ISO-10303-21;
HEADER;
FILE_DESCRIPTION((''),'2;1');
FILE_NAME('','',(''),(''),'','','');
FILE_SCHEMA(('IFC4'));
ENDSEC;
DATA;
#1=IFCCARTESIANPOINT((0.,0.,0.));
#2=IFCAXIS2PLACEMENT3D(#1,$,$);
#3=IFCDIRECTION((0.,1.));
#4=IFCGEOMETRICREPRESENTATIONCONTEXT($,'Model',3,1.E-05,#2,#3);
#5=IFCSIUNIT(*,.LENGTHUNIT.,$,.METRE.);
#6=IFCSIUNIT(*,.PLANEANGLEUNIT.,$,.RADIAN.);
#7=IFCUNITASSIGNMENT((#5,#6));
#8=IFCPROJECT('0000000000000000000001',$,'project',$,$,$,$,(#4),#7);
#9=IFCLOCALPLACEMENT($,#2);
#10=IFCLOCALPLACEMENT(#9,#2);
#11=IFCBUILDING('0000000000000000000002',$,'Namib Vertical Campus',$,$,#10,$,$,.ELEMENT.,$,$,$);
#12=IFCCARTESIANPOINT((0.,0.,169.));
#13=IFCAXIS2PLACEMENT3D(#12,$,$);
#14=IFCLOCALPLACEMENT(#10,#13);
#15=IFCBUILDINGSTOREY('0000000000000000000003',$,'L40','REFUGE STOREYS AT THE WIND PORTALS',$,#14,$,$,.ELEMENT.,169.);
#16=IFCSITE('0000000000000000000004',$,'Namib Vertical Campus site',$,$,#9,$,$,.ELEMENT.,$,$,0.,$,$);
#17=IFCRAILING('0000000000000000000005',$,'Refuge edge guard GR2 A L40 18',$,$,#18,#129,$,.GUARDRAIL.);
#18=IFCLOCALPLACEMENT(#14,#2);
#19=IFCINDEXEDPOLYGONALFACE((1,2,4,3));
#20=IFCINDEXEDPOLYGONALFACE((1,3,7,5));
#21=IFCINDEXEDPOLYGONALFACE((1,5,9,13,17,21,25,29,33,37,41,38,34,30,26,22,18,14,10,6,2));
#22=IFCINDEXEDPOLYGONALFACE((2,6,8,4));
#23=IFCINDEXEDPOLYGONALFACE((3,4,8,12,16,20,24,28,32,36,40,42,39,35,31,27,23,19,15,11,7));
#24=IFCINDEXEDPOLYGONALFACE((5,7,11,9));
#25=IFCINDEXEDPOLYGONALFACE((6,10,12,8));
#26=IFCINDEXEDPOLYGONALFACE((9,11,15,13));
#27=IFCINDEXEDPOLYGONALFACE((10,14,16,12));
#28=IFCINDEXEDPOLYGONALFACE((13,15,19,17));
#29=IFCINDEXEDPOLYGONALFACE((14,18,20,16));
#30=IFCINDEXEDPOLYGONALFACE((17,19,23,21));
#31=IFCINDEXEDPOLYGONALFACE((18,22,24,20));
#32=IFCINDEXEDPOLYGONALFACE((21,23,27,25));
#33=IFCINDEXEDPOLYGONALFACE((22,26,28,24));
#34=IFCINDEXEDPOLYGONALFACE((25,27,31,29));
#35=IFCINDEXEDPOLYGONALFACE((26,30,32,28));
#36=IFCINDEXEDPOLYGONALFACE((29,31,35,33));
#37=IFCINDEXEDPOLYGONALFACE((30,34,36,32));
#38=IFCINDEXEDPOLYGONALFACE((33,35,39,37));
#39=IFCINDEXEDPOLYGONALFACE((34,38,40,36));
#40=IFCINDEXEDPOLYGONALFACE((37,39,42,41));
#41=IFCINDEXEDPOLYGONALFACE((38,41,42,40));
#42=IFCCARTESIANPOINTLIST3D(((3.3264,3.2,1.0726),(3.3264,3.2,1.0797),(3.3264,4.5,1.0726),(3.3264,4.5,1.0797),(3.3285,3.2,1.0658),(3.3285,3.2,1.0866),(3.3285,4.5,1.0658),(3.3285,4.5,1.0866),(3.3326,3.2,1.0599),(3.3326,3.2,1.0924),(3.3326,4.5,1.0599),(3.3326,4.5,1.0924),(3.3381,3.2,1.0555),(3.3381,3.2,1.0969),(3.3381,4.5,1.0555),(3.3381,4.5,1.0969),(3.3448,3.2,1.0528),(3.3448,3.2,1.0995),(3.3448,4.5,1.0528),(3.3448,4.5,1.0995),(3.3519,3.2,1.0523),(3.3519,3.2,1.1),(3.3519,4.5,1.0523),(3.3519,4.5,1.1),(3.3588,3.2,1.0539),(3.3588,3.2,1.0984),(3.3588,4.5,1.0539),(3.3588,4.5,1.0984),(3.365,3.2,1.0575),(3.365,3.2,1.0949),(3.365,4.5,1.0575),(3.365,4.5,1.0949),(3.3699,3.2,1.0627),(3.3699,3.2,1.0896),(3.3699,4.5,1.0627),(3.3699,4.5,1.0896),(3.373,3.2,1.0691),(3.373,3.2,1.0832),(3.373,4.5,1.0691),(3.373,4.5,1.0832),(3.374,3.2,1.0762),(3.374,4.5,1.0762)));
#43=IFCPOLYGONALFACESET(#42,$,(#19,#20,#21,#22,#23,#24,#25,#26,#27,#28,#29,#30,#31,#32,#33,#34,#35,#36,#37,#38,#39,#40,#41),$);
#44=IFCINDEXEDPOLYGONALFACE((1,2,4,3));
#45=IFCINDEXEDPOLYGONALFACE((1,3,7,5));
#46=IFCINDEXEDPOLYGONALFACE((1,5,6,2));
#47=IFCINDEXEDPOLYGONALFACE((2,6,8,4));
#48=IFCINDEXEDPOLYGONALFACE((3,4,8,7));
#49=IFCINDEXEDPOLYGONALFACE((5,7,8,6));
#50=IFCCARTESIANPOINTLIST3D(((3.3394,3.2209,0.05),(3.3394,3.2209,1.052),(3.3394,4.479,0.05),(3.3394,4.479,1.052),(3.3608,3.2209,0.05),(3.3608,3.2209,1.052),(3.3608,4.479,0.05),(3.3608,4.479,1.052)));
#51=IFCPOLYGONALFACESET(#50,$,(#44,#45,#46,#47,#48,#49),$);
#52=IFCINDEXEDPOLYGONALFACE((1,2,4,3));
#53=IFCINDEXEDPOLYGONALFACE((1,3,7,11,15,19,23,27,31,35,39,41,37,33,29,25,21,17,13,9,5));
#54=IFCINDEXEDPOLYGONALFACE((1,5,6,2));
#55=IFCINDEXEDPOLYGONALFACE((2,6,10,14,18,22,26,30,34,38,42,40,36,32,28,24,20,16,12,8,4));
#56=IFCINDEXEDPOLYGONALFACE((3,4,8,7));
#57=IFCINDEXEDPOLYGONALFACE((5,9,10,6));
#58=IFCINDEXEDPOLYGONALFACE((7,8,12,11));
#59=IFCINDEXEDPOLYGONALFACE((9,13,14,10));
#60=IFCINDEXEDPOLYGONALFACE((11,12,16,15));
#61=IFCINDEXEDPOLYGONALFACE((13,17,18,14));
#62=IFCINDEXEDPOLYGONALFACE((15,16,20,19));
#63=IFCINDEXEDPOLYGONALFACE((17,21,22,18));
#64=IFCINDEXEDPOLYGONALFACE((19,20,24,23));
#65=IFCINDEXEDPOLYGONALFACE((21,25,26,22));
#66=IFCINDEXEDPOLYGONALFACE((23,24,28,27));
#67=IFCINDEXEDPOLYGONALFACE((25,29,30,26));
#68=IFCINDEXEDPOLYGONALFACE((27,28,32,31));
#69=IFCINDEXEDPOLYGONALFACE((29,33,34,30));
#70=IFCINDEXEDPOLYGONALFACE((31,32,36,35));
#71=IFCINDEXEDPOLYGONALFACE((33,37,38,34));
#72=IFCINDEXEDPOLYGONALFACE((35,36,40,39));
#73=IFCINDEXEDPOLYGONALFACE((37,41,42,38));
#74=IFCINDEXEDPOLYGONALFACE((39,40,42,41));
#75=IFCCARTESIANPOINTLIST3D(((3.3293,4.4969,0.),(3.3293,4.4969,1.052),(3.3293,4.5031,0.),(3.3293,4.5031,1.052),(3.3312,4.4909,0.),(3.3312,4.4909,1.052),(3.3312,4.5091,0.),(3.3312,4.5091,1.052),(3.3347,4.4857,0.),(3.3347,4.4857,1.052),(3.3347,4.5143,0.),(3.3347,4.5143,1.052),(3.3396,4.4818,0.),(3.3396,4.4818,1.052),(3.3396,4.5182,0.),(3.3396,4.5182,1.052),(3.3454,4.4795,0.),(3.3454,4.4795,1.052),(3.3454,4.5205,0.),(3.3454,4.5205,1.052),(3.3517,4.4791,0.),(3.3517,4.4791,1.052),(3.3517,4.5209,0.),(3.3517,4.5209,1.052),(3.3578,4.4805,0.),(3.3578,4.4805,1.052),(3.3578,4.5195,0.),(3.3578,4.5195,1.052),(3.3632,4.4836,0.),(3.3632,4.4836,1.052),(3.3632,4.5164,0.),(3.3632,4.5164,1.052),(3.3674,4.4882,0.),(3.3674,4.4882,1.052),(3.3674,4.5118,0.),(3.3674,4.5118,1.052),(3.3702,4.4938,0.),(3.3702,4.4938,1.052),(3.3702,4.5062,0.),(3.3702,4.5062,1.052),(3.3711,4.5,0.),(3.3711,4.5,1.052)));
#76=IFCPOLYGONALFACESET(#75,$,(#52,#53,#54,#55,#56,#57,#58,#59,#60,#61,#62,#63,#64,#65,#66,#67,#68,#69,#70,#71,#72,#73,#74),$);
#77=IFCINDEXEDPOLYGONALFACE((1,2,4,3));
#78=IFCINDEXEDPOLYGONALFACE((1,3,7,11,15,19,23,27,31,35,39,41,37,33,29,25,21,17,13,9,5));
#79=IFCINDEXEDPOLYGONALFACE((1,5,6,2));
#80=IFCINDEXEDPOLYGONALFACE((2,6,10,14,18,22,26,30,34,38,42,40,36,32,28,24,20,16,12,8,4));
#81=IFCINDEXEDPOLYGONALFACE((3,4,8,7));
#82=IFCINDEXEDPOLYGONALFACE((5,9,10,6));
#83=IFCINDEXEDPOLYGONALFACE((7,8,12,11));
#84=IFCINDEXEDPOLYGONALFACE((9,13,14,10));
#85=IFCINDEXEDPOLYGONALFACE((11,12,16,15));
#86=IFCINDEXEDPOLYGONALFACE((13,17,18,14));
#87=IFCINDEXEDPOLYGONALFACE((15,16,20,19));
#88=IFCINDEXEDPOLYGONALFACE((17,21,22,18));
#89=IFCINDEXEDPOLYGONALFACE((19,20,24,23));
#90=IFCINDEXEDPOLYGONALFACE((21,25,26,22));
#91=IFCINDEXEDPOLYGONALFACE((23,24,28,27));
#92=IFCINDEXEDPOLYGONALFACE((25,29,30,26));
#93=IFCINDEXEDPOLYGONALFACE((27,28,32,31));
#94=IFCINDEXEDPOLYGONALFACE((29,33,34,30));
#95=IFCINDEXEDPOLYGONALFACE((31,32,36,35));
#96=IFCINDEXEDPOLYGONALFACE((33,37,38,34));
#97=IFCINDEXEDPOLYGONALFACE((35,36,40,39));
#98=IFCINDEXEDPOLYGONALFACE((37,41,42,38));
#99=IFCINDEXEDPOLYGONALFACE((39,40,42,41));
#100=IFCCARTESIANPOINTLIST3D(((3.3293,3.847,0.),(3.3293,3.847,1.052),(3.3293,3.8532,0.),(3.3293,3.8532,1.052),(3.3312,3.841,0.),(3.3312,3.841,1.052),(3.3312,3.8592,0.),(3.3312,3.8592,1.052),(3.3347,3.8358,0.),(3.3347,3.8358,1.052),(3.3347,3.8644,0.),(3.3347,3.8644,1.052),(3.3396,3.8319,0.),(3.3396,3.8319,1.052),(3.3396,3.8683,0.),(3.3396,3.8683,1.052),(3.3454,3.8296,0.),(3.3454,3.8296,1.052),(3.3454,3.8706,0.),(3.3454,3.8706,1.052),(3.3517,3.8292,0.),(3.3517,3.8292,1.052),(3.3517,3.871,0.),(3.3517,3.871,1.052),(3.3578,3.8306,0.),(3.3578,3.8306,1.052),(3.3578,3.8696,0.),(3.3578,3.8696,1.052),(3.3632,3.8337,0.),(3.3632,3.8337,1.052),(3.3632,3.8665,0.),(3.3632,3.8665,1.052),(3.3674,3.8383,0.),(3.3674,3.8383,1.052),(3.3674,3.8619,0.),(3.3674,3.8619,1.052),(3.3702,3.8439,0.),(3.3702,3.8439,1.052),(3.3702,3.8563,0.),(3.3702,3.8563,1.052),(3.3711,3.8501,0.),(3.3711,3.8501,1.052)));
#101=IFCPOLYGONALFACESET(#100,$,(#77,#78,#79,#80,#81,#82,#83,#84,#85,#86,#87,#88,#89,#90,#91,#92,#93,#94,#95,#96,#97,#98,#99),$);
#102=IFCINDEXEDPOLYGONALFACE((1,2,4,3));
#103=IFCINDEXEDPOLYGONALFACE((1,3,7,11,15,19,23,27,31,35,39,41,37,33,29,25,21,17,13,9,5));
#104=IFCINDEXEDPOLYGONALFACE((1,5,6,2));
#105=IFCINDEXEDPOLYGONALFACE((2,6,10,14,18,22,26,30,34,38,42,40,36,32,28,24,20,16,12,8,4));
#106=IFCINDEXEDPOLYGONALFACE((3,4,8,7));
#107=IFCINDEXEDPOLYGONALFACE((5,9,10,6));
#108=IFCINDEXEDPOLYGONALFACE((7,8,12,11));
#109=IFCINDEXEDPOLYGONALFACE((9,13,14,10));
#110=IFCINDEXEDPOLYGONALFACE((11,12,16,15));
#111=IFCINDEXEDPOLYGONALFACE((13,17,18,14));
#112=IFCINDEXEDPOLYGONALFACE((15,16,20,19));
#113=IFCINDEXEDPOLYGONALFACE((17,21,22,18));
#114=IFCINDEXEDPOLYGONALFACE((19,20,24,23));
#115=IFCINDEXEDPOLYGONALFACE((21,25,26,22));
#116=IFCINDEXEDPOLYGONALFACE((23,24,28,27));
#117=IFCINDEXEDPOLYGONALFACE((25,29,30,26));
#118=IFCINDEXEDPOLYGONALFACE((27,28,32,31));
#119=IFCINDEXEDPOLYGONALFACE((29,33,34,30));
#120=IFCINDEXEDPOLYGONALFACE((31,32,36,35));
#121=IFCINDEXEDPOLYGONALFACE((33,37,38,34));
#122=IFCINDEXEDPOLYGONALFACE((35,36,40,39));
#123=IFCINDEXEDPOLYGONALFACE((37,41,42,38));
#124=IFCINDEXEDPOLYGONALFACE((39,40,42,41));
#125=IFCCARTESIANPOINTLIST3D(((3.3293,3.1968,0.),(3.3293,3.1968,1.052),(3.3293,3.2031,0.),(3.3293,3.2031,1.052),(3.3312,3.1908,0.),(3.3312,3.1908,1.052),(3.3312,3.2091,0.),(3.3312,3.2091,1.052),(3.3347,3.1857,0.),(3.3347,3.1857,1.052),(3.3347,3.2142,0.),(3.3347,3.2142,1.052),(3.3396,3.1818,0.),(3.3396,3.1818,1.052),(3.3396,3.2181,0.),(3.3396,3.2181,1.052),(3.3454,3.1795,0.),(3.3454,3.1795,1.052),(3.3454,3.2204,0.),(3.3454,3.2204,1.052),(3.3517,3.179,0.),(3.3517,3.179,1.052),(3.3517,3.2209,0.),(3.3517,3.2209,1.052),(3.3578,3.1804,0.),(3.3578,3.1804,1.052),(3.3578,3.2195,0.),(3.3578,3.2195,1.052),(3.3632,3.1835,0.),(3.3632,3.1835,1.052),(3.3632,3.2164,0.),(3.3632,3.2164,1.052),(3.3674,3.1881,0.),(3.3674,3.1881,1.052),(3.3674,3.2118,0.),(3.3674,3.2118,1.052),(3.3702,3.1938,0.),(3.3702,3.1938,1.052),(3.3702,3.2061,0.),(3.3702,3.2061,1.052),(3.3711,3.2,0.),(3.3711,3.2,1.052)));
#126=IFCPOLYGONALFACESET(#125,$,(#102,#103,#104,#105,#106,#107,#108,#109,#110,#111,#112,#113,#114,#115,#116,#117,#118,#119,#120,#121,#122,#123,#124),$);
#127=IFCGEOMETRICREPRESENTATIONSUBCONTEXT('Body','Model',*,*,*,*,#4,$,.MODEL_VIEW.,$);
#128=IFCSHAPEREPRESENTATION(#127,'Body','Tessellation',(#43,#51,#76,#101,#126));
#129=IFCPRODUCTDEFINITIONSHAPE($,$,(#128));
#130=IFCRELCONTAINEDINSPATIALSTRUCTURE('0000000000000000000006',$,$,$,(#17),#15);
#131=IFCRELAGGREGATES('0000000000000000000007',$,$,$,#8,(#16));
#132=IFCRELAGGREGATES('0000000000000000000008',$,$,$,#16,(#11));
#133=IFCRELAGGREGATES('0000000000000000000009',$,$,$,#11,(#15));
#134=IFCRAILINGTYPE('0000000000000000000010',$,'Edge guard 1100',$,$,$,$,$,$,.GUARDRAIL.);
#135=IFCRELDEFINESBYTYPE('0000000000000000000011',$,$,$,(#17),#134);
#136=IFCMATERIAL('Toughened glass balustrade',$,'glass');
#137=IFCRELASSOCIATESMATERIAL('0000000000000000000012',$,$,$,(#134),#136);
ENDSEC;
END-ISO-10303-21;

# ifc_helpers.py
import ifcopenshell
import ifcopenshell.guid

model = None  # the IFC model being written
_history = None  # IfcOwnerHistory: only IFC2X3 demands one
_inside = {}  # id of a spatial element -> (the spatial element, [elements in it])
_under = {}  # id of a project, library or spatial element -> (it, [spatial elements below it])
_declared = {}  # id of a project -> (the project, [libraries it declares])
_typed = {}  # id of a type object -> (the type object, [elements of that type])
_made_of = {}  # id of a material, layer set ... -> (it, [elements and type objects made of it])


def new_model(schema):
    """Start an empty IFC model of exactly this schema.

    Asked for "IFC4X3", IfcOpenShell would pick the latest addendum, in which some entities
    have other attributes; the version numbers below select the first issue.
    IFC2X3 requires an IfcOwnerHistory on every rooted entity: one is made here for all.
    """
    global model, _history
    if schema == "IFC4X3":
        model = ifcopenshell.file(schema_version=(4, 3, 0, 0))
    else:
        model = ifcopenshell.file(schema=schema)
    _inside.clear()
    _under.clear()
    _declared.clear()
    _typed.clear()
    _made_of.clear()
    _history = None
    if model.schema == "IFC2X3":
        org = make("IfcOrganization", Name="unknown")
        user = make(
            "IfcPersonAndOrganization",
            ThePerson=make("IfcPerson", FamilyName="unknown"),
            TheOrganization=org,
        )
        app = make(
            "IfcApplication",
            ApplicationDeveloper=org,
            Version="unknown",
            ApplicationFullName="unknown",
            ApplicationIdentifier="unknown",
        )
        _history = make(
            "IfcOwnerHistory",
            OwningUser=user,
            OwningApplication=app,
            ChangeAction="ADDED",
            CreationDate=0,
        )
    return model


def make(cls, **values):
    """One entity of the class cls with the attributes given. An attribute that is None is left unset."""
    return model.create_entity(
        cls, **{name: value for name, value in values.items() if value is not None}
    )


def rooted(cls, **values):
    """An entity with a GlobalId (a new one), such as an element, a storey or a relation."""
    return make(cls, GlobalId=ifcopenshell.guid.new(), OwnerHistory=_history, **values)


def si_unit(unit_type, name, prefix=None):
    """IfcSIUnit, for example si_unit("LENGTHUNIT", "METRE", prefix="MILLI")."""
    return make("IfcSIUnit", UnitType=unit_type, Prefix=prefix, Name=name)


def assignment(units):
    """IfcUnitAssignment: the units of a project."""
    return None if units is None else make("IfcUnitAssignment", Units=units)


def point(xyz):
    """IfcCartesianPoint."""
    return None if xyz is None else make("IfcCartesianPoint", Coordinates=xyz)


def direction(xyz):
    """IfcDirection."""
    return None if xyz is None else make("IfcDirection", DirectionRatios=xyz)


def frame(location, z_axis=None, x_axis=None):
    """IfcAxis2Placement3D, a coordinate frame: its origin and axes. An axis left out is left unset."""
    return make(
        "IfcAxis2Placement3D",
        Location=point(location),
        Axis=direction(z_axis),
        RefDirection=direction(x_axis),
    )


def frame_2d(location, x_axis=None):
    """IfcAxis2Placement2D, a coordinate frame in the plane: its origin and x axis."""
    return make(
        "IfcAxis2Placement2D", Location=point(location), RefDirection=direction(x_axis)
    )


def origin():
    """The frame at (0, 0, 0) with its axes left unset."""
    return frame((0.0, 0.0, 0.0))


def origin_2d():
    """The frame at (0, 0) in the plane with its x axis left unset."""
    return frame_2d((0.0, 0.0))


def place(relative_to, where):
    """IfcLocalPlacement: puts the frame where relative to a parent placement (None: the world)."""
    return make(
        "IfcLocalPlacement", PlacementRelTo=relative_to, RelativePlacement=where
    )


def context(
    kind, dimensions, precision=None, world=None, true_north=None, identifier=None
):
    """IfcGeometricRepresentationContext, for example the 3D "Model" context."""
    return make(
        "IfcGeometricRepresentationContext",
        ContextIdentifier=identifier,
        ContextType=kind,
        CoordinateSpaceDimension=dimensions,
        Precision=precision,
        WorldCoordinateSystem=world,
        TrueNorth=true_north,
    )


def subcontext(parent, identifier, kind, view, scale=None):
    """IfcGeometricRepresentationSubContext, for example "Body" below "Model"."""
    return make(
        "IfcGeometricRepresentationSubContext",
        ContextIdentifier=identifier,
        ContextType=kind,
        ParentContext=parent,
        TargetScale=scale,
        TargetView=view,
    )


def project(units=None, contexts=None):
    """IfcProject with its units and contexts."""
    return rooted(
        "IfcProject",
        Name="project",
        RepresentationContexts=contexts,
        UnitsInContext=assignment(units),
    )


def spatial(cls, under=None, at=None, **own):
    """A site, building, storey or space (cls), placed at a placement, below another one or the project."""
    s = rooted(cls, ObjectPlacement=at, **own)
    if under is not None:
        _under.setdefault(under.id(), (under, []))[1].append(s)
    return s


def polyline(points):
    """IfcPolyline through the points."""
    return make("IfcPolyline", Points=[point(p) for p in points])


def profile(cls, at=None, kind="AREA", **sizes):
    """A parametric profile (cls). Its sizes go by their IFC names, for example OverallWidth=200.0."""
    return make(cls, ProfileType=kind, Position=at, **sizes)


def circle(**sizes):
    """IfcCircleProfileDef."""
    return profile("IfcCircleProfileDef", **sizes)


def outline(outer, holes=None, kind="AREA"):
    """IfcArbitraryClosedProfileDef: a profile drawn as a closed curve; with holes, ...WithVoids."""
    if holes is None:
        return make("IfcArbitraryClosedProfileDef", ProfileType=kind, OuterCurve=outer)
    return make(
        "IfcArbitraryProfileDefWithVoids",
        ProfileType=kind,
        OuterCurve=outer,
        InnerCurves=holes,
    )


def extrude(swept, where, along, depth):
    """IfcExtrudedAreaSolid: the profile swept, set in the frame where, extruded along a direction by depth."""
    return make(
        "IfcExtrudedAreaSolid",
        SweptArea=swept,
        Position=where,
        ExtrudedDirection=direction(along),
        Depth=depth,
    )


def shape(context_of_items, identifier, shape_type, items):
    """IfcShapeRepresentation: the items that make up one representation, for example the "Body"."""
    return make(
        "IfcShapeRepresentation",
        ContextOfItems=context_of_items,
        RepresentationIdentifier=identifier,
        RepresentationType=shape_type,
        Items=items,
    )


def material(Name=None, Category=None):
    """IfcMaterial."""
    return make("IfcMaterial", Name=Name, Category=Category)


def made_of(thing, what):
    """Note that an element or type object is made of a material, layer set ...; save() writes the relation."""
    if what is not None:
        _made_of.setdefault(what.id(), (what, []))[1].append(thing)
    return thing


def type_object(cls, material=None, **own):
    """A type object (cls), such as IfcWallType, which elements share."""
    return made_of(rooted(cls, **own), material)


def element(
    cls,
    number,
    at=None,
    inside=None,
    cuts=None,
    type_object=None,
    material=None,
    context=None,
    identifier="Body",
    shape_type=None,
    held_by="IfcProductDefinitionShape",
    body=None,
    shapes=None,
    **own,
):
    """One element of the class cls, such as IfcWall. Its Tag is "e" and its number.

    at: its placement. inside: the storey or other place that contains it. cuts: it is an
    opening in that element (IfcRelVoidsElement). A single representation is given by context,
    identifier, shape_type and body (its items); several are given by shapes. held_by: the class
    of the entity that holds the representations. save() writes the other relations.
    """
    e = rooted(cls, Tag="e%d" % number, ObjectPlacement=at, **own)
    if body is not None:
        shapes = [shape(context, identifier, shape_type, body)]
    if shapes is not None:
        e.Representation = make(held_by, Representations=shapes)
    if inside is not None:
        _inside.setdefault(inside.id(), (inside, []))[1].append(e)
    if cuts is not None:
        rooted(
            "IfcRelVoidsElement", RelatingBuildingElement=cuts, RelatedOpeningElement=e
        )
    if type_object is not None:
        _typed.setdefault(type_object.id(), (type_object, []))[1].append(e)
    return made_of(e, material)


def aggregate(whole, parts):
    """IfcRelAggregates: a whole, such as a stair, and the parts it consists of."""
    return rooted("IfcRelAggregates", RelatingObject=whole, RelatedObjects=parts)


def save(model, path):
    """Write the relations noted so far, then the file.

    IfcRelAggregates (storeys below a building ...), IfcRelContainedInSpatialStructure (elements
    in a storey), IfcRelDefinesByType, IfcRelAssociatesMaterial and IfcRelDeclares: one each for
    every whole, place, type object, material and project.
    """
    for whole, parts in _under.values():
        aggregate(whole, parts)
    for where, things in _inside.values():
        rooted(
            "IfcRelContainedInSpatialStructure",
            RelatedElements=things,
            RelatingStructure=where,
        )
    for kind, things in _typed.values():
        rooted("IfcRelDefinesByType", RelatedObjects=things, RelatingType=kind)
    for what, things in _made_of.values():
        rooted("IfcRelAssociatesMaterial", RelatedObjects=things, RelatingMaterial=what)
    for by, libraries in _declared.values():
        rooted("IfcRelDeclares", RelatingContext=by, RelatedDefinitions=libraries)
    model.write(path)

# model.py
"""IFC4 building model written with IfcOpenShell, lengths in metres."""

from ifc_helpers import new_model, si_unit, direction, frame, origin, origin_2d, place, context, subcontext, project, spatial, polyline, circle, outline, extrude, material, type_object, element, save


model = new_model("IFC4")

# Units and contexts
model_context = context("Model", 3, precision=1e-05, world=origin(), true_north=direction((0.0, 1.0)))
body_context = subcontext(model_context, "Body", "Model", "MODEL_VIEW")
ifc_project = project(units=[si_unit("LENGTHUNIT", "METRE"), si_unit("PLANEANGLEUNIT", "RADIAN")], contexts=[model_context])

# Site, building, storey
site_placement = place(None, origin())
site = spatial("IfcSite", under=ifc_project, at=site_placement, Name="Namib Vertical Campus site", CompositionType="ELEMENT", RefElevation=0.0)
building_placement = place(site_placement, origin())
building = spatial("IfcBuilding", under=site, at=building_placement, Name="Namib Vertical Campus", CompositionType="ELEMENT")
storey_placement = place(building_placement, frame((0.0, 0.0, 169.0)))
storey = spatial("IfcBuildingStorey", under=building, at=storey_placement, Name="L40", Description="REFUGE STOREYS AT THE WIND PORTALS", CompositionType="ELEMENT", Elevation=169.0)

# Railing
ifc_material_1 = material(Name="Toughened glass balustrade", Category="glass")
railing_type = type_object("IfcRailingType", Name="Edge guard 1100", PredefinedType="GUARDRAIL", material=ifc_material_1)
railing_1_placement = place(storey_placement, frame((3.3501, 4.5, 0.0)))
element("IfcRailing", 1, at=railing_1_placement, inside=storey, type_object=railing_type, Name="Refuge edge guard GR2 A L40 18", PredefinedType="GUARDRAIL", context=body_context, shape_type="SweptSolid", body=[
    extrude(circle(Radius=0.0239, at=origin_2d()), frame((0.0, 0.0, 1.0762), z_axis=(0.0, -1.0, 0.0), x_axis=(1.0, 0.0, 0.0)), (0.0, 0.0, 1.0), 1.3),
    extrude(outline(polyline([(0.021, 0.05), (1.2791, 0.05), (1.2791, 1.052), (0.021, 1.052), (0.021, 0.05)])), frame((0.0107, 0.0, 0.0), z_axis=(-1.0, 0.0, 0.0), x_axis=(0.0, -1.0, 0.0)), (0.0, 0.0, 1.0), 0.0215),
    extrude(circle(Radius=0.021, at=origin_2d()), origin(), (0.0, 0.0, 1.0), 1.052),
    extrude(circle(Radius=0.021, at=origin_2d()), frame((0.0, -0.6499, 0.0)), (0.0, 0.0, 1.0), 1.052),
    extrude(circle(Radius=0.021, at=origin_2d()), frame((0.0, -1.3, 0.0)), (0.0, 0.0, 1.0), 1.052),
])

save(model, "model.ifc")
